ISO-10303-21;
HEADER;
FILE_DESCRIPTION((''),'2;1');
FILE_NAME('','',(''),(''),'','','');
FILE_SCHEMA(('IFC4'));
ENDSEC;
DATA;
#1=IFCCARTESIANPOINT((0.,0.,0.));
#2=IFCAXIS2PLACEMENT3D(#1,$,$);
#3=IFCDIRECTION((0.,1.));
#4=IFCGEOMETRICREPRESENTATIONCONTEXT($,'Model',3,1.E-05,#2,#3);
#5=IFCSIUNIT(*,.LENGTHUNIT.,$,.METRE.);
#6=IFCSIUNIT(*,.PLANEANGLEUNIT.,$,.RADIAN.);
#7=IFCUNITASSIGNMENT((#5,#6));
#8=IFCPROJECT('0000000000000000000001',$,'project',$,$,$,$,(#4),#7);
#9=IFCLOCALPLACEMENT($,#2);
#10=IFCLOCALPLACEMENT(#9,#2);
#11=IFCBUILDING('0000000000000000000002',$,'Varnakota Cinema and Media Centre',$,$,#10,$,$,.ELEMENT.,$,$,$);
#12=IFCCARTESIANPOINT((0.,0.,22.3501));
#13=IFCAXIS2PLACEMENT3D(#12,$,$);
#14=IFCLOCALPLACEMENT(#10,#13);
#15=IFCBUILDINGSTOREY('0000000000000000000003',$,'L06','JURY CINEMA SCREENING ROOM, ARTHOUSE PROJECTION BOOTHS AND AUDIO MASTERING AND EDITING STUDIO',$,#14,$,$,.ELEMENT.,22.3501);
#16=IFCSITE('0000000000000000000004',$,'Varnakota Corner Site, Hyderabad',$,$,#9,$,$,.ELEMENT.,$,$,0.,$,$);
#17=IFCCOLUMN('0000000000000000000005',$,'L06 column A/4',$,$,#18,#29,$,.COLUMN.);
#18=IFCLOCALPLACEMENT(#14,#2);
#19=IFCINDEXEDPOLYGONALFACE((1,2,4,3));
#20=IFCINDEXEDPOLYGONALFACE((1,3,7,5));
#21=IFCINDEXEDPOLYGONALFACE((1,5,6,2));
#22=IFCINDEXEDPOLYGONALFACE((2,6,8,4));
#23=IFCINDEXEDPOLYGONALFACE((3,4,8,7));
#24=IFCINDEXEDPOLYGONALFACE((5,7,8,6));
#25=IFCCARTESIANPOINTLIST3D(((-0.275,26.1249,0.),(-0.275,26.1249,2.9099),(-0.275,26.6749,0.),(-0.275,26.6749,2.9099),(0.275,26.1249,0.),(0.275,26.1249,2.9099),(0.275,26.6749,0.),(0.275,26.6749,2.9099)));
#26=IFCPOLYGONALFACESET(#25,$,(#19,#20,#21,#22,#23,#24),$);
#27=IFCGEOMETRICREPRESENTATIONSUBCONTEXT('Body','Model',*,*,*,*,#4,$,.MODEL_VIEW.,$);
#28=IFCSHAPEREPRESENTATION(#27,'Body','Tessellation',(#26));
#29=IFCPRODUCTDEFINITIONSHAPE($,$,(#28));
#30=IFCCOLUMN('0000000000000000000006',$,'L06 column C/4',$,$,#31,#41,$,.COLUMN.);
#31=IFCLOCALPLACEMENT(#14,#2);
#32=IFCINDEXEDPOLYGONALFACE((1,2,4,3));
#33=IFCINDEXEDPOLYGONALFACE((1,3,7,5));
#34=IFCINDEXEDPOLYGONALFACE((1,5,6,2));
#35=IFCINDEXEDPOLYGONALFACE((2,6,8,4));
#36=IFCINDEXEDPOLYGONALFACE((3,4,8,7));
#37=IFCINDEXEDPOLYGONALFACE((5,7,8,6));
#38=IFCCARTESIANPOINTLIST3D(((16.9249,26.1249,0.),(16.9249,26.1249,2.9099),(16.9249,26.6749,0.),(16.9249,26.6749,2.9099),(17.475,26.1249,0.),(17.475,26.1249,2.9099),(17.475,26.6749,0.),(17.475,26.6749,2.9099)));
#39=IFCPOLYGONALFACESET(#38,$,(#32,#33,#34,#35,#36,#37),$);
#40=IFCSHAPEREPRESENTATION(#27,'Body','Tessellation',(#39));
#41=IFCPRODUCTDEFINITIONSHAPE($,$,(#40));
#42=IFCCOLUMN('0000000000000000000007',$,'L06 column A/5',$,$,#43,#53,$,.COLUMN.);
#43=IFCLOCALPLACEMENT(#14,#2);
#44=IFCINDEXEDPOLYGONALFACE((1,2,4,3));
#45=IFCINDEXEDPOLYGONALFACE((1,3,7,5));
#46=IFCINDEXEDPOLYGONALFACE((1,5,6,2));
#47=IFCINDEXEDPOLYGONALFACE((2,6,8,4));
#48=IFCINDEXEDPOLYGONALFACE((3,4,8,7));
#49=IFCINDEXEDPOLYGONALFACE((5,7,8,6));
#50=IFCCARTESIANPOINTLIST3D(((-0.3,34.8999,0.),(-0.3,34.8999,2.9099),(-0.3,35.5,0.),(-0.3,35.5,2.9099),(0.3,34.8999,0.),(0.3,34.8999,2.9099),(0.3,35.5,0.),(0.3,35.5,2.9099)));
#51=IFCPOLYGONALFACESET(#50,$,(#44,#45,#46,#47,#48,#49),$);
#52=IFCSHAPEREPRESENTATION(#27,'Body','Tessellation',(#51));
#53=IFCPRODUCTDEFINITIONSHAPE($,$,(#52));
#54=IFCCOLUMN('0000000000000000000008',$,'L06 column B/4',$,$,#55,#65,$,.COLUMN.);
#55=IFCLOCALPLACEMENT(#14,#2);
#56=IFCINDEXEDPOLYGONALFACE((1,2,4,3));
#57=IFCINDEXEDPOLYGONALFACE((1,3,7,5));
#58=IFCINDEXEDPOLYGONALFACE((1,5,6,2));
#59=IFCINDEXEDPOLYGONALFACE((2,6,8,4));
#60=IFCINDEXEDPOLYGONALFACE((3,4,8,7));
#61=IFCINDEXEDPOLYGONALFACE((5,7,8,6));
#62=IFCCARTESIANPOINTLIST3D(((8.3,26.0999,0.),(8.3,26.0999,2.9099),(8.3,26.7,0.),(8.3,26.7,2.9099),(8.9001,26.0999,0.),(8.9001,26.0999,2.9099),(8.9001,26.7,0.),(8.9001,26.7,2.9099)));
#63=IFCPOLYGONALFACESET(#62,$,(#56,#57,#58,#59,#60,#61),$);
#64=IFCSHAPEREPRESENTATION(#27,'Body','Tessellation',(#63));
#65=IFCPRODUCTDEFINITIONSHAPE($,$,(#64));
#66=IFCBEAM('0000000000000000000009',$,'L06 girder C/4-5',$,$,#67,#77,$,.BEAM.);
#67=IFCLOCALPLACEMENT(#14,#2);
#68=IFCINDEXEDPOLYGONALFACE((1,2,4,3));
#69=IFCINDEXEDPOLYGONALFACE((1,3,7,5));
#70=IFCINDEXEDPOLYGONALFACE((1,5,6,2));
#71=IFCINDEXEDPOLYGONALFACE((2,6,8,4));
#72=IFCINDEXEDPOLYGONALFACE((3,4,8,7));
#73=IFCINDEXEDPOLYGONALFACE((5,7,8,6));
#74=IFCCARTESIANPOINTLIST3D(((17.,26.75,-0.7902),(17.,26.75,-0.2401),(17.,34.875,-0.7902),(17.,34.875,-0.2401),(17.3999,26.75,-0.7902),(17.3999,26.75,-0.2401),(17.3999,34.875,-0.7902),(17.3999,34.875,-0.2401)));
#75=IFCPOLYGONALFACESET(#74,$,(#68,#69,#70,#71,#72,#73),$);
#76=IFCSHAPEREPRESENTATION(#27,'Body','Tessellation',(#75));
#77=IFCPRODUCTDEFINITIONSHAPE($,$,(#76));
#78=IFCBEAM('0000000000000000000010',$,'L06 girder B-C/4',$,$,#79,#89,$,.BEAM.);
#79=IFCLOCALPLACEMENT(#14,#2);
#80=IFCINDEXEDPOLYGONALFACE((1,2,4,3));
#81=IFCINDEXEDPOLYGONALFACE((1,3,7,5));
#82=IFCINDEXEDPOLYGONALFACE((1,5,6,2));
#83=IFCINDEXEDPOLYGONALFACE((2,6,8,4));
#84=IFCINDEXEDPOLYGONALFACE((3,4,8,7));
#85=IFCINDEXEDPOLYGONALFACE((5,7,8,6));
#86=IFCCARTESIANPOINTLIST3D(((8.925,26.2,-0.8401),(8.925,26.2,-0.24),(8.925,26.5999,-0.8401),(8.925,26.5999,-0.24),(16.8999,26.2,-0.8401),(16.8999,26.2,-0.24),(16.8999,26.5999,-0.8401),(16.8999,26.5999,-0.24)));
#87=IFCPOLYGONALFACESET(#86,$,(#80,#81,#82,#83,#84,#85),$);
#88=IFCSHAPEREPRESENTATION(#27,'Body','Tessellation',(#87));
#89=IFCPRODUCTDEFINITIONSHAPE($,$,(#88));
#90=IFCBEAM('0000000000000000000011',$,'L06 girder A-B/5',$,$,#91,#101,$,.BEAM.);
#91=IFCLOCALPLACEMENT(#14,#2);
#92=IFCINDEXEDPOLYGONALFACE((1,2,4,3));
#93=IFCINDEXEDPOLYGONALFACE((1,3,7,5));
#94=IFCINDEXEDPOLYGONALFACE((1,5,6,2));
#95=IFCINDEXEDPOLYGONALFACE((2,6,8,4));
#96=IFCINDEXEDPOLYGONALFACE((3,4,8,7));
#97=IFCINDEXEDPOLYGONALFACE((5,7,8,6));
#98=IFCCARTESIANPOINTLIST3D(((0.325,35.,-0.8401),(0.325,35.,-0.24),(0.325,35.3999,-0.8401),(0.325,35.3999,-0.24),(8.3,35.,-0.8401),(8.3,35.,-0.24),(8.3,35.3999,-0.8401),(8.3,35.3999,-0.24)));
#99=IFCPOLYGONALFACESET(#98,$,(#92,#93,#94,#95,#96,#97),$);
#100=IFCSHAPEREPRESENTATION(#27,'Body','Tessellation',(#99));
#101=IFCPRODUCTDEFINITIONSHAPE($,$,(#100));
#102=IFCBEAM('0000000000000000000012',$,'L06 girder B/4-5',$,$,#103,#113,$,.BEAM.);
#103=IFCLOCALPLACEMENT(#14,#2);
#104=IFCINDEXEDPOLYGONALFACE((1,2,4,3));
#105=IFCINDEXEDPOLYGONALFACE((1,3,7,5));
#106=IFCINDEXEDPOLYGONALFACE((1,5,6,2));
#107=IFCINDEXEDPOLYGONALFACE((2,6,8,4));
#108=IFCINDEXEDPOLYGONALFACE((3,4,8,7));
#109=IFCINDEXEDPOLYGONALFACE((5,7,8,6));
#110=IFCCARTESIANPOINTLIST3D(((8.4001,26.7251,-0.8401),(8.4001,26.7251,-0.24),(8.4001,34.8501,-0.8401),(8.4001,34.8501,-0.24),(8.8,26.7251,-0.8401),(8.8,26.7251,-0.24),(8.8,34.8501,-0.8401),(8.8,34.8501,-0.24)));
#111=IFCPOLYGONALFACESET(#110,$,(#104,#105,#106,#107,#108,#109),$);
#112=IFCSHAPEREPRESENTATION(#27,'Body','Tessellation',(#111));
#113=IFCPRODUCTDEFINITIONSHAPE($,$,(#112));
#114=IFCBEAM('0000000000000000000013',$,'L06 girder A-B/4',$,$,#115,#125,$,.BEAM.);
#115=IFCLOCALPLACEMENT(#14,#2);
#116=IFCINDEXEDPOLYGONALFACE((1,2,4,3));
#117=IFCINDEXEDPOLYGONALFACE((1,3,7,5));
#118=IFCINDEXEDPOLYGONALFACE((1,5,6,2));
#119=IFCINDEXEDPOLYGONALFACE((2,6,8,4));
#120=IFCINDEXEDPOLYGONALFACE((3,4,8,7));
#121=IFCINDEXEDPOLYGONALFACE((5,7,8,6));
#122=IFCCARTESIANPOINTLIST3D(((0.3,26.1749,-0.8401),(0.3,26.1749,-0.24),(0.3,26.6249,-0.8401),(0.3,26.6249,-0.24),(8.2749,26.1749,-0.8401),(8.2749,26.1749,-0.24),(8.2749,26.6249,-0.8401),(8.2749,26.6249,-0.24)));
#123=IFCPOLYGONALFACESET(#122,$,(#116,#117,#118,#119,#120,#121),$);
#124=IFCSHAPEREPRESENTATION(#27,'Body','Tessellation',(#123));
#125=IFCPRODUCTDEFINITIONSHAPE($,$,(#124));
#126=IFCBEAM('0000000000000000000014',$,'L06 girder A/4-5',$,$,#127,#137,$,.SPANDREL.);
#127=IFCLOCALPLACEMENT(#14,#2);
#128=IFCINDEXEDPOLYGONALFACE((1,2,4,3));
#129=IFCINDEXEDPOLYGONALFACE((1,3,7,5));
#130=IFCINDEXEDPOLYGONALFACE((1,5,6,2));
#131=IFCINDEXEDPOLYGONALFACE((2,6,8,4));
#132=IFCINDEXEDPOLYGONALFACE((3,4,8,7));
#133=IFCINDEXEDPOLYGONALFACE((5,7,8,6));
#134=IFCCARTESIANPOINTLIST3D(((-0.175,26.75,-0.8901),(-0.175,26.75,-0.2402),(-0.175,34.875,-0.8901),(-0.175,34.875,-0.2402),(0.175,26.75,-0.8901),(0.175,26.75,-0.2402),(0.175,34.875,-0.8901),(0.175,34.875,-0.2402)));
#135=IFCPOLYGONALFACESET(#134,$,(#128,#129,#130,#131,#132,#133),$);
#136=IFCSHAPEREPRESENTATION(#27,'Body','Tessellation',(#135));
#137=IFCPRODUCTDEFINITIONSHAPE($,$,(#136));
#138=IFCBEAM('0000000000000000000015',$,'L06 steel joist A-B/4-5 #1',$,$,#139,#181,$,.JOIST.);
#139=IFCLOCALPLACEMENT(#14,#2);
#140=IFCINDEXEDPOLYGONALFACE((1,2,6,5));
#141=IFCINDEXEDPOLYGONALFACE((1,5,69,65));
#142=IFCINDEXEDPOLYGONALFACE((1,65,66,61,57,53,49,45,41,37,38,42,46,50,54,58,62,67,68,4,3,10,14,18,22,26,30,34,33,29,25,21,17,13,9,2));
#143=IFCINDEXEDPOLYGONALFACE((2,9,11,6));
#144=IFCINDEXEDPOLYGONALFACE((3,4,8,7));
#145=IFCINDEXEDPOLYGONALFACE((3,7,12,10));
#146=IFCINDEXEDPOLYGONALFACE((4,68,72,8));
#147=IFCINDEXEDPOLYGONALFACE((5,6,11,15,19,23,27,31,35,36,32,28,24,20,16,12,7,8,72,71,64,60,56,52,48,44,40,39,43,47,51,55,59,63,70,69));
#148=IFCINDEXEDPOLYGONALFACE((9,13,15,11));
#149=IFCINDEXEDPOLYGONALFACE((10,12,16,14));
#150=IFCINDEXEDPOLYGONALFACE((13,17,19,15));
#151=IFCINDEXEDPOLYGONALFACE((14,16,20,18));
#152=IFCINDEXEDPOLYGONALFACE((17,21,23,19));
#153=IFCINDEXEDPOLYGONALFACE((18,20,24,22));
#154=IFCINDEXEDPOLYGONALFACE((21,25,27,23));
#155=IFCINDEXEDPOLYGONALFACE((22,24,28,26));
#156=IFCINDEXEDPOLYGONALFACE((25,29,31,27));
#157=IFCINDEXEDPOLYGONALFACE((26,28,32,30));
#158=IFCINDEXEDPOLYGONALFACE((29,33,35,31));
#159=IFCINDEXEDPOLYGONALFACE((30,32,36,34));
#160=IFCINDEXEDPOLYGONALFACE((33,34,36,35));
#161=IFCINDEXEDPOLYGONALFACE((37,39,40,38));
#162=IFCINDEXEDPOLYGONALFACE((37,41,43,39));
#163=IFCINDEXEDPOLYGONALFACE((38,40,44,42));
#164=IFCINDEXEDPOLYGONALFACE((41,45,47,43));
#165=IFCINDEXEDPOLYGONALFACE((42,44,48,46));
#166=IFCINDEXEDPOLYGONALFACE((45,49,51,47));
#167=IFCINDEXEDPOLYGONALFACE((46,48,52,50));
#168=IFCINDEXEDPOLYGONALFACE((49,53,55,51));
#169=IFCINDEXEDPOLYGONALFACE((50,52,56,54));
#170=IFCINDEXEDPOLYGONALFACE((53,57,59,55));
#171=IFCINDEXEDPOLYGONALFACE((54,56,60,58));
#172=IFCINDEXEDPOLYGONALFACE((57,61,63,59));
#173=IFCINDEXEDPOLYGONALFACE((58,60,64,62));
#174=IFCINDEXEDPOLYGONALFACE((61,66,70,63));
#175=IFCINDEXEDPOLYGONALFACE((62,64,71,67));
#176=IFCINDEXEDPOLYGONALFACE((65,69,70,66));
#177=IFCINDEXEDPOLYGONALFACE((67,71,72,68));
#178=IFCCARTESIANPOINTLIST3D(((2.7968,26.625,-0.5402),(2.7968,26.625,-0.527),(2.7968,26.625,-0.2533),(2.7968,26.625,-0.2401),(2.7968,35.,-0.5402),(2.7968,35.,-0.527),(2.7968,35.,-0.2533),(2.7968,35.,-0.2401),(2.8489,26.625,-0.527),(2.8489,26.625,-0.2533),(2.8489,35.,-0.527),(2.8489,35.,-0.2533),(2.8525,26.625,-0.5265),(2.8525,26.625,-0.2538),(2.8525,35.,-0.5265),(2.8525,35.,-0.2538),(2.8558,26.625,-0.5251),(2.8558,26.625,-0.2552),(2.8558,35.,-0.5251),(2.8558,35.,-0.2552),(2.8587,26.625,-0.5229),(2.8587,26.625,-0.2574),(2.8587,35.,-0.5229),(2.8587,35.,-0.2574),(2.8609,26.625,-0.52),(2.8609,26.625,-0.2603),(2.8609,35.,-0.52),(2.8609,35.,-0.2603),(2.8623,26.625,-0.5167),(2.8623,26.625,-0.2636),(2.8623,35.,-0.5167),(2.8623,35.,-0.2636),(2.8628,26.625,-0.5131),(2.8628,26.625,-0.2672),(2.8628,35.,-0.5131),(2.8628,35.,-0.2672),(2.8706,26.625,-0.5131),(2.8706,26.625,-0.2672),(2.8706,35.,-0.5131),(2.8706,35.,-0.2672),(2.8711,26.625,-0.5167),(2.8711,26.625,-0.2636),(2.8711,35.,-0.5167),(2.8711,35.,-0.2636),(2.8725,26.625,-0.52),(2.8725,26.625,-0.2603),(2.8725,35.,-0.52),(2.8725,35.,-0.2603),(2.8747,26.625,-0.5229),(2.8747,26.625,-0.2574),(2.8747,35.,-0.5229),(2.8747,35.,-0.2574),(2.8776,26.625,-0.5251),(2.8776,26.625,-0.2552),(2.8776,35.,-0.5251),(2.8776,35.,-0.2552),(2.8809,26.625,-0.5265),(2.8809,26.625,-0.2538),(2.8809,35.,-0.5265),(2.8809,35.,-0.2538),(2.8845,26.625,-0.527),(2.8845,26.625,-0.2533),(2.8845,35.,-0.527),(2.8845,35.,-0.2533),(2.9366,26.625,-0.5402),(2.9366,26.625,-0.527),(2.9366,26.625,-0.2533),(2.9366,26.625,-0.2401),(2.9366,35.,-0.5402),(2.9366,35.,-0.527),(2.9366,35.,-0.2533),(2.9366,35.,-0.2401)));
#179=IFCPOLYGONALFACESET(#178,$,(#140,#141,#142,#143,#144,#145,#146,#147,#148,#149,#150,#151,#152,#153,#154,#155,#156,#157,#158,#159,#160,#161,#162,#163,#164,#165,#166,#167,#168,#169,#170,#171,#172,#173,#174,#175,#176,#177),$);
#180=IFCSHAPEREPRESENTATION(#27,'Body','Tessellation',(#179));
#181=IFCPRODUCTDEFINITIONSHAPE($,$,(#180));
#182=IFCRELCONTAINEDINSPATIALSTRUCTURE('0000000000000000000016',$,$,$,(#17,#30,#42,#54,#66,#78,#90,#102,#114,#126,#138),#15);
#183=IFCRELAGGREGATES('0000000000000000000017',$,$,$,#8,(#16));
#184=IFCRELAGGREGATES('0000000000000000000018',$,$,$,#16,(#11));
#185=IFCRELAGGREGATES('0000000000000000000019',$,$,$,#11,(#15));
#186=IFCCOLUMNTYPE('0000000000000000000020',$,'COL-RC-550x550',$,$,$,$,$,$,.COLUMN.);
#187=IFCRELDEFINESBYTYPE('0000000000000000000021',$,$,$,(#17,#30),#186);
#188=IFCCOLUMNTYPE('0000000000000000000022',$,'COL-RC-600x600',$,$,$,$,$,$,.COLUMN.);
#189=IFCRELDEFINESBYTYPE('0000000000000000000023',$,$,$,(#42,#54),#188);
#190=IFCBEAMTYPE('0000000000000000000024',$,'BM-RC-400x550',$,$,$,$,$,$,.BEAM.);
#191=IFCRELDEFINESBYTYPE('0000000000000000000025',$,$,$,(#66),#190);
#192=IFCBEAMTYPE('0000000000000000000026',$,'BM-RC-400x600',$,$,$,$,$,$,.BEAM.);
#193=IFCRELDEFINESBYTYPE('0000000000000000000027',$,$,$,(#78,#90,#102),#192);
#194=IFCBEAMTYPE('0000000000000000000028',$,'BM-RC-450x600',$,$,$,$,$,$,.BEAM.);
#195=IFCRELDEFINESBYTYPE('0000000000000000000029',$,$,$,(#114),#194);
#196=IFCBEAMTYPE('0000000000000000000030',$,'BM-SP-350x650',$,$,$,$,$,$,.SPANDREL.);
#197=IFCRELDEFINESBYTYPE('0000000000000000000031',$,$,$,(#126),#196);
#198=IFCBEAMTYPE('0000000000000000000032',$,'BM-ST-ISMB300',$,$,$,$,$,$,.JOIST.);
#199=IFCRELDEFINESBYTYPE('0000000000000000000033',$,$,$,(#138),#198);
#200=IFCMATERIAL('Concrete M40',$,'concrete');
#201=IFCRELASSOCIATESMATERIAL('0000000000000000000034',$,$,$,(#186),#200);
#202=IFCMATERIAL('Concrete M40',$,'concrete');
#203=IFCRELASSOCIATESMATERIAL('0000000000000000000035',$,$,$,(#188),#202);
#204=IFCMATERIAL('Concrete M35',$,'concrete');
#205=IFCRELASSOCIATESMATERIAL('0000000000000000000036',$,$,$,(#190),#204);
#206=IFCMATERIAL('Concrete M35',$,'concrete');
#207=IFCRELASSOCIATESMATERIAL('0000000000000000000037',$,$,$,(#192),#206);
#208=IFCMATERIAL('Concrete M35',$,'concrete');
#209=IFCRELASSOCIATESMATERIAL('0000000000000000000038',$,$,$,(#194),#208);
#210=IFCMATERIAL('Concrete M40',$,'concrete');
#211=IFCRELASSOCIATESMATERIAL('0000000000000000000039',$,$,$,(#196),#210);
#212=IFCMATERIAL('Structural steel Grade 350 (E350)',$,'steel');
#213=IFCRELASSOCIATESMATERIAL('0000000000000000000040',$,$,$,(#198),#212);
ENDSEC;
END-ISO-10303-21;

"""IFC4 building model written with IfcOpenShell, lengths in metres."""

from ifc_helpers import new_model, si_unit, direction, frame, origin, origin_2d, place, context, subcontext, project, spatial, rectangle, i_section, extrude, material, material_profile, profile_set, type_object, element, save


model = new_model("IFC4")

# Units and contexts
model_context = context("Model", 3, precision=1e-05, world=origin(), true_north=direction((0.0, 1.0)))
body_context = subcontext(model_context, "Body", "Model", "MODEL_VIEW")
ifc_project = project(units=[si_unit("LENGTHUNIT", "METRE"), si_unit("PLANEANGLEUNIT", "RADIAN")], contexts=[model_context])

# Site, building, storey
site_placement = place(None, origin())
site = spatial("IfcSite", under=ifc_project, at=site_placement, Name="Varnakota Corner Site, Hyderabad", CompositionType="ELEMENT", RefElevation=0.0)
building_placement = place(site_placement, origin())
building = spatial("IfcBuilding", under=site, at=building_placement, Name="Varnakota Cinema and Media Centre", CompositionType="ELEMENT")
storey_placement = place(building_placement, frame((0.0, 0.0, 22.3501)))
storey = spatial("IfcBuildingStorey", under=building, at=storey_placement, Name="L06", Description="JURY CINEMA SCREENING ROOM, ARTHOUSE PROJECTION BOOTHS AND AUDIO MASTERING AND EDITING STUDIO", CompositionType="ELEMENT", Elevation=22.3501)

# Columns
ifc_material_1 = material(Name="Concrete M40", Category="concrete")
ifc_material_profile_1 = material_profile(ifc_material_1, rectangle(XDim=0.55, YDim=0.55, at=origin_2d()), Name="RC 550x550")
ifc_profile_set_1 = profile_set([ifc_material_profile_1], Name="Concrete M40")
column_type_1 = type_object("IfcColumnType", Name="COL-RC-550x550", PredefinedType="COLUMN", material=ifc_profile_set_1)
for number, where, z_axis, x_axis, name in (
    (1, (0.0, 26.3999, 0.0), (0.0, 0.0, 1.0), (1.0, 0.0, 0.0), "L06 column A/4"),
    (2, (17.2, 26.3999, 0.0), (0.0, 0.0, 1.0), (1.0, 0.0, 0.0), "L06 column C/4"),
):
    element("IfcColumn", number, at=place(storey_placement, frame(where, z_axis=z_axis, x_axis=x_axis)), inside=storey, type_object=column_type_1, Name=name, PredefinedType="COLUMN", context=body_context, shape_type="SweptSolid", body=[
        extrude(rectangle(XDim=0.55, YDim=0.55, at=origin_2d()), origin(), (0.0, 0.0, 1.0), 2.9099),
    ])
ifc_material_2 = material(Name="Concrete M40", Category="concrete")
ifc_material_profile_2 = material_profile(ifc_material_2, rectangle(XDim=0.6001, YDim=0.6001, at=origin_2d()), Name="RC 600x600")
ifc_profile_set_2 = profile_set([ifc_material_profile_2], Name="Concrete M40")
column_type_2 = type_object("IfcColumnType", Name="COL-RC-600x600", PredefinedType="COLUMN", material=ifc_profile_set_2)
for number, where, z_axis, x_axis, name in (
    (3, (0.0, 35.2, 0.0), (0.0, 0.0, 1.0), (1.0, 0.0, 0.0), "L06 column A/5"),
    (4, (8.6001, 26.3999, 0.0), (0.0, 0.0, 1.0), (1.0, 0.0, 0.0), "L06 column B/4"),
):
    element("IfcColumn", number, at=place(storey_placement, frame(where, z_axis=z_axis, x_axis=x_axis)), inside=storey, type_object=column_type_2, Name=name, PredefinedType="COLUMN", context=body_context, shape_type="SweptSolid", body=[
        extrude(rectangle(XDim=0.6001, YDim=0.6001, at=origin_2d()), origin(), (0.0, 0.0, 1.0), 2.9099),
    ])

# Beams
ifc_material_3 = material(Name="Concrete M35", Category="concrete")
ifc_material_profile_3 = material_profile(ifc_material_3, rectangle(XDim=0.3999, YDim=0.55, at=origin_2d()), Name="RCB 400x550")
ifc_profile_set_3 = profile_set([ifc_material_profile_3], Name="Concrete M35")
beam_type_1 = type_object("IfcBeamType", Name="BM-RC-400x550", PredefinedType="BEAM", material=ifc_profile_set_3)
beam_1_placement = place(storey_placement, frame((17.2, 26.75, -0.5151), z_axis=(0.0, 1.0, 0.0), x_axis=(-1.0, 0.0, 0.0)))
element("IfcBeam", 5, at=beam_1_placement, inside=storey, type_object=beam_type_1, Name="L06 girder C/4-5", PredefinedType="BEAM", context=body_context, shape_type="SweptSolid", body=[
    extrude(rectangle(XDim=0.3999, YDim=0.55, at=origin_2d()), origin(), (0.0, 0.0, 1.0), 8.125),
])
ifc_material_4 = material(Name="Concrete M35", Category="concrete")
ifc_material_profile_4 = material_profile(ifc_material_4, rectangle(XDim=0.3999, YDim=0.6001, at=origin_2d()), Name="RCB 400x600")
ifc_profile_set_4 = profile_set([ifc_material_profile_4], Name="Concrete M35")
beam_type_2 = type_object("IfcBeamType", Name="BM-RC-400x600", PredefinedType="BEAM", material=ifc_profile_set_4)
beam_2_placement = place(storey_placement, frame((8.925, 26.3999, -0.54), z_axis=(1.0, 0.0, 0.0), x_axis=(0.0, 1.0, 0.0)))
element("IfcBeam", 6, at=beam_2_placement, inside=storey, type_object=beam_type_2, Name="L06 girder B-C/4", PredefinedType="BEAM", context=body_context, shape_type="SweptSolid", body=[
    extrude(rectangle(XDim=0.3999, YDim=0.6001, at=origin_2d()), origin(), (0.0, 0.0, 1.0), 7.9749),
])
beam_3_placement = place(storey_placement, frame((0.325, 35.2, -0.54), z_axis=(1.0, 0.0, 0.0), x_axis=(0.0, 1.0, 0.0)))
element("IfcBeam", 7, at=beam_3_placement, inside=storey, type_object=beam_type_2, Name="L06 girder A-B/5", PredefinedType="BEAM", context=body_context, shape_type="SweptSolid", body=[
    extrude(rectangle(XDim=0.3999, YDim=0.6001, at=origin_2d()), origin(), (0.0, 0.0, 1.0), 7.9751),
])
beam_4_placement = place(storey_placement, frame((8.6001, 26.7251, -0.54), z_axis=(0.0, 1.0, 0.0), x_axis=(-1.0, 0.0, 0.0)))
element("IfcBeam", 8, at=beam_4_placement, inside=storey, type_object=beam_type_2, Name="L06 girder B/4-5", PredefinedType="BEAM", context=body_context, shape_type="SweptSolid", body=[
    extrude(rectangle(XDim=0.3999, YDim=0.6001, at=origin_2d()), origin(), (0.0, 0.0, 1.0), 8.125),
])
ifc_material_5 = material(Name="Concrete M35", Category="concrete")
ifc_material_profile_5 = material_profile(ifc_material_5, rectangle(XDim=0.45, YDim=0.6001, at=origin_2d()), Name="RCB 450x600")
ifc_profile_set_5 = profile_set([ifc_material_profile_5], Name="Concrete M35")
beam_type_3 = type_object("IfcBeamType", Name="BM-RC-450x600", PredefinedType="BEAM", material=ifc_profile_set_5)
beam_5_placement = place(storey_placement, frame((0.3, 26.3999, -0.54), z_axis=(1.0, 0.0, 0.0), x_axis=(0.0, 1.0, 0.0)))
element("IfcBeam", 9, at=beam_5_placement, inside=storey, type_object=beam_type_3, Name="L06 girder A-B/4", PredefinedType="BEAM", context=body_context, shape_type="SweptSolid", body=[
    extrude(rectangle(XDim=0.45, YDim=0.6001, at=origin_2d()), origin(), (0.0, 0.0, 1.0), 7.9749),
])
ifc_material_6 = material(Name="Concrete M40", Category="concrete")
ifc_material_profile_6 = material_profile(ifc_material_6, rectangle(XDim=0.3501, YDim=0.6499, at=origin_2d()), Name="RCB 350x650")
ifc_profile_set_6 = profile_set([ifc_material_profile_6], Name="Concrete M40")
beam_type_4 = type_object("IfcBeamType", Name="BM-SP-350x650", PredefinedType="SPANDREL", material=ifc_profile_set_6)
beam_6_placement = place(storey_placement, frame((0.0, 26.75, -0.5652), z_axis=(0.0, 1.0, 0.0), x_axis=(-1.0, 0.0, 0.0)))
element("IfcBeam", 10, at=beam_6_placement, inside=storey, type_object=beam_type_4, Name="L06 girder A/4-5", PredefinedType="SPANDREL", context=body_context, shape_type="SweptSolid", body=[
    extrude(rectangle(XDim=0.3501, YDim=0.6499, at=origin_2d()), origin(), (0.0, 0.0, 1.0), 8.125),
])
ifc_material_7 = material(Name="Structural steel Grade 350 (E350)", Category="steel")
ifc_material_profile_7 = material_profile(ifc_material_7, i_section(OverallWidth=0.1399, OverallDepth=0.3, WebThickness=0.0078, FlangeThickness=0.0132, FilletRadius=0.0139, at=origin_2d()), Name="ISMB 300")
ifc_profile_set_7 = profile_set([ifc_material_profile_7], Name="Structural steel Grade 350 (E350)")
beam_type_5 = type_object("IfcBeamType", Name="BM-ST-ISMB300", PredefinedType="JOIST", material=ifc_profile_set_7)
for number, where, z_axis, x_axis, name in (
    (11, (2.8667, 26.625, -0.3901), (0.0, 1.0, 0.0), (-1.0, 0.0, 0.0), "L06 steel joist A-B/4-5 #1"),
):
    element("IfcBeam", number, at=place(storey_placement, frame(where, z_axis=z_axis, x_axis=x_axis)), inside=storey, type_object=beam_type_5, Name=name, PredefinedType="JOIST", context=body_context, shape_type="SweptSolid", body=[
        extrude(i_section(OverallWidth=0.1399, OverallDepth=0.3, WebThickness=0.0078, FlangeThickness=0.0132, FilletRadius=0.0139, at=origin_2d()), origin(), (0.0, 0.0, 1.0), 8.375),
    ])

save(model, "model.ifc")
